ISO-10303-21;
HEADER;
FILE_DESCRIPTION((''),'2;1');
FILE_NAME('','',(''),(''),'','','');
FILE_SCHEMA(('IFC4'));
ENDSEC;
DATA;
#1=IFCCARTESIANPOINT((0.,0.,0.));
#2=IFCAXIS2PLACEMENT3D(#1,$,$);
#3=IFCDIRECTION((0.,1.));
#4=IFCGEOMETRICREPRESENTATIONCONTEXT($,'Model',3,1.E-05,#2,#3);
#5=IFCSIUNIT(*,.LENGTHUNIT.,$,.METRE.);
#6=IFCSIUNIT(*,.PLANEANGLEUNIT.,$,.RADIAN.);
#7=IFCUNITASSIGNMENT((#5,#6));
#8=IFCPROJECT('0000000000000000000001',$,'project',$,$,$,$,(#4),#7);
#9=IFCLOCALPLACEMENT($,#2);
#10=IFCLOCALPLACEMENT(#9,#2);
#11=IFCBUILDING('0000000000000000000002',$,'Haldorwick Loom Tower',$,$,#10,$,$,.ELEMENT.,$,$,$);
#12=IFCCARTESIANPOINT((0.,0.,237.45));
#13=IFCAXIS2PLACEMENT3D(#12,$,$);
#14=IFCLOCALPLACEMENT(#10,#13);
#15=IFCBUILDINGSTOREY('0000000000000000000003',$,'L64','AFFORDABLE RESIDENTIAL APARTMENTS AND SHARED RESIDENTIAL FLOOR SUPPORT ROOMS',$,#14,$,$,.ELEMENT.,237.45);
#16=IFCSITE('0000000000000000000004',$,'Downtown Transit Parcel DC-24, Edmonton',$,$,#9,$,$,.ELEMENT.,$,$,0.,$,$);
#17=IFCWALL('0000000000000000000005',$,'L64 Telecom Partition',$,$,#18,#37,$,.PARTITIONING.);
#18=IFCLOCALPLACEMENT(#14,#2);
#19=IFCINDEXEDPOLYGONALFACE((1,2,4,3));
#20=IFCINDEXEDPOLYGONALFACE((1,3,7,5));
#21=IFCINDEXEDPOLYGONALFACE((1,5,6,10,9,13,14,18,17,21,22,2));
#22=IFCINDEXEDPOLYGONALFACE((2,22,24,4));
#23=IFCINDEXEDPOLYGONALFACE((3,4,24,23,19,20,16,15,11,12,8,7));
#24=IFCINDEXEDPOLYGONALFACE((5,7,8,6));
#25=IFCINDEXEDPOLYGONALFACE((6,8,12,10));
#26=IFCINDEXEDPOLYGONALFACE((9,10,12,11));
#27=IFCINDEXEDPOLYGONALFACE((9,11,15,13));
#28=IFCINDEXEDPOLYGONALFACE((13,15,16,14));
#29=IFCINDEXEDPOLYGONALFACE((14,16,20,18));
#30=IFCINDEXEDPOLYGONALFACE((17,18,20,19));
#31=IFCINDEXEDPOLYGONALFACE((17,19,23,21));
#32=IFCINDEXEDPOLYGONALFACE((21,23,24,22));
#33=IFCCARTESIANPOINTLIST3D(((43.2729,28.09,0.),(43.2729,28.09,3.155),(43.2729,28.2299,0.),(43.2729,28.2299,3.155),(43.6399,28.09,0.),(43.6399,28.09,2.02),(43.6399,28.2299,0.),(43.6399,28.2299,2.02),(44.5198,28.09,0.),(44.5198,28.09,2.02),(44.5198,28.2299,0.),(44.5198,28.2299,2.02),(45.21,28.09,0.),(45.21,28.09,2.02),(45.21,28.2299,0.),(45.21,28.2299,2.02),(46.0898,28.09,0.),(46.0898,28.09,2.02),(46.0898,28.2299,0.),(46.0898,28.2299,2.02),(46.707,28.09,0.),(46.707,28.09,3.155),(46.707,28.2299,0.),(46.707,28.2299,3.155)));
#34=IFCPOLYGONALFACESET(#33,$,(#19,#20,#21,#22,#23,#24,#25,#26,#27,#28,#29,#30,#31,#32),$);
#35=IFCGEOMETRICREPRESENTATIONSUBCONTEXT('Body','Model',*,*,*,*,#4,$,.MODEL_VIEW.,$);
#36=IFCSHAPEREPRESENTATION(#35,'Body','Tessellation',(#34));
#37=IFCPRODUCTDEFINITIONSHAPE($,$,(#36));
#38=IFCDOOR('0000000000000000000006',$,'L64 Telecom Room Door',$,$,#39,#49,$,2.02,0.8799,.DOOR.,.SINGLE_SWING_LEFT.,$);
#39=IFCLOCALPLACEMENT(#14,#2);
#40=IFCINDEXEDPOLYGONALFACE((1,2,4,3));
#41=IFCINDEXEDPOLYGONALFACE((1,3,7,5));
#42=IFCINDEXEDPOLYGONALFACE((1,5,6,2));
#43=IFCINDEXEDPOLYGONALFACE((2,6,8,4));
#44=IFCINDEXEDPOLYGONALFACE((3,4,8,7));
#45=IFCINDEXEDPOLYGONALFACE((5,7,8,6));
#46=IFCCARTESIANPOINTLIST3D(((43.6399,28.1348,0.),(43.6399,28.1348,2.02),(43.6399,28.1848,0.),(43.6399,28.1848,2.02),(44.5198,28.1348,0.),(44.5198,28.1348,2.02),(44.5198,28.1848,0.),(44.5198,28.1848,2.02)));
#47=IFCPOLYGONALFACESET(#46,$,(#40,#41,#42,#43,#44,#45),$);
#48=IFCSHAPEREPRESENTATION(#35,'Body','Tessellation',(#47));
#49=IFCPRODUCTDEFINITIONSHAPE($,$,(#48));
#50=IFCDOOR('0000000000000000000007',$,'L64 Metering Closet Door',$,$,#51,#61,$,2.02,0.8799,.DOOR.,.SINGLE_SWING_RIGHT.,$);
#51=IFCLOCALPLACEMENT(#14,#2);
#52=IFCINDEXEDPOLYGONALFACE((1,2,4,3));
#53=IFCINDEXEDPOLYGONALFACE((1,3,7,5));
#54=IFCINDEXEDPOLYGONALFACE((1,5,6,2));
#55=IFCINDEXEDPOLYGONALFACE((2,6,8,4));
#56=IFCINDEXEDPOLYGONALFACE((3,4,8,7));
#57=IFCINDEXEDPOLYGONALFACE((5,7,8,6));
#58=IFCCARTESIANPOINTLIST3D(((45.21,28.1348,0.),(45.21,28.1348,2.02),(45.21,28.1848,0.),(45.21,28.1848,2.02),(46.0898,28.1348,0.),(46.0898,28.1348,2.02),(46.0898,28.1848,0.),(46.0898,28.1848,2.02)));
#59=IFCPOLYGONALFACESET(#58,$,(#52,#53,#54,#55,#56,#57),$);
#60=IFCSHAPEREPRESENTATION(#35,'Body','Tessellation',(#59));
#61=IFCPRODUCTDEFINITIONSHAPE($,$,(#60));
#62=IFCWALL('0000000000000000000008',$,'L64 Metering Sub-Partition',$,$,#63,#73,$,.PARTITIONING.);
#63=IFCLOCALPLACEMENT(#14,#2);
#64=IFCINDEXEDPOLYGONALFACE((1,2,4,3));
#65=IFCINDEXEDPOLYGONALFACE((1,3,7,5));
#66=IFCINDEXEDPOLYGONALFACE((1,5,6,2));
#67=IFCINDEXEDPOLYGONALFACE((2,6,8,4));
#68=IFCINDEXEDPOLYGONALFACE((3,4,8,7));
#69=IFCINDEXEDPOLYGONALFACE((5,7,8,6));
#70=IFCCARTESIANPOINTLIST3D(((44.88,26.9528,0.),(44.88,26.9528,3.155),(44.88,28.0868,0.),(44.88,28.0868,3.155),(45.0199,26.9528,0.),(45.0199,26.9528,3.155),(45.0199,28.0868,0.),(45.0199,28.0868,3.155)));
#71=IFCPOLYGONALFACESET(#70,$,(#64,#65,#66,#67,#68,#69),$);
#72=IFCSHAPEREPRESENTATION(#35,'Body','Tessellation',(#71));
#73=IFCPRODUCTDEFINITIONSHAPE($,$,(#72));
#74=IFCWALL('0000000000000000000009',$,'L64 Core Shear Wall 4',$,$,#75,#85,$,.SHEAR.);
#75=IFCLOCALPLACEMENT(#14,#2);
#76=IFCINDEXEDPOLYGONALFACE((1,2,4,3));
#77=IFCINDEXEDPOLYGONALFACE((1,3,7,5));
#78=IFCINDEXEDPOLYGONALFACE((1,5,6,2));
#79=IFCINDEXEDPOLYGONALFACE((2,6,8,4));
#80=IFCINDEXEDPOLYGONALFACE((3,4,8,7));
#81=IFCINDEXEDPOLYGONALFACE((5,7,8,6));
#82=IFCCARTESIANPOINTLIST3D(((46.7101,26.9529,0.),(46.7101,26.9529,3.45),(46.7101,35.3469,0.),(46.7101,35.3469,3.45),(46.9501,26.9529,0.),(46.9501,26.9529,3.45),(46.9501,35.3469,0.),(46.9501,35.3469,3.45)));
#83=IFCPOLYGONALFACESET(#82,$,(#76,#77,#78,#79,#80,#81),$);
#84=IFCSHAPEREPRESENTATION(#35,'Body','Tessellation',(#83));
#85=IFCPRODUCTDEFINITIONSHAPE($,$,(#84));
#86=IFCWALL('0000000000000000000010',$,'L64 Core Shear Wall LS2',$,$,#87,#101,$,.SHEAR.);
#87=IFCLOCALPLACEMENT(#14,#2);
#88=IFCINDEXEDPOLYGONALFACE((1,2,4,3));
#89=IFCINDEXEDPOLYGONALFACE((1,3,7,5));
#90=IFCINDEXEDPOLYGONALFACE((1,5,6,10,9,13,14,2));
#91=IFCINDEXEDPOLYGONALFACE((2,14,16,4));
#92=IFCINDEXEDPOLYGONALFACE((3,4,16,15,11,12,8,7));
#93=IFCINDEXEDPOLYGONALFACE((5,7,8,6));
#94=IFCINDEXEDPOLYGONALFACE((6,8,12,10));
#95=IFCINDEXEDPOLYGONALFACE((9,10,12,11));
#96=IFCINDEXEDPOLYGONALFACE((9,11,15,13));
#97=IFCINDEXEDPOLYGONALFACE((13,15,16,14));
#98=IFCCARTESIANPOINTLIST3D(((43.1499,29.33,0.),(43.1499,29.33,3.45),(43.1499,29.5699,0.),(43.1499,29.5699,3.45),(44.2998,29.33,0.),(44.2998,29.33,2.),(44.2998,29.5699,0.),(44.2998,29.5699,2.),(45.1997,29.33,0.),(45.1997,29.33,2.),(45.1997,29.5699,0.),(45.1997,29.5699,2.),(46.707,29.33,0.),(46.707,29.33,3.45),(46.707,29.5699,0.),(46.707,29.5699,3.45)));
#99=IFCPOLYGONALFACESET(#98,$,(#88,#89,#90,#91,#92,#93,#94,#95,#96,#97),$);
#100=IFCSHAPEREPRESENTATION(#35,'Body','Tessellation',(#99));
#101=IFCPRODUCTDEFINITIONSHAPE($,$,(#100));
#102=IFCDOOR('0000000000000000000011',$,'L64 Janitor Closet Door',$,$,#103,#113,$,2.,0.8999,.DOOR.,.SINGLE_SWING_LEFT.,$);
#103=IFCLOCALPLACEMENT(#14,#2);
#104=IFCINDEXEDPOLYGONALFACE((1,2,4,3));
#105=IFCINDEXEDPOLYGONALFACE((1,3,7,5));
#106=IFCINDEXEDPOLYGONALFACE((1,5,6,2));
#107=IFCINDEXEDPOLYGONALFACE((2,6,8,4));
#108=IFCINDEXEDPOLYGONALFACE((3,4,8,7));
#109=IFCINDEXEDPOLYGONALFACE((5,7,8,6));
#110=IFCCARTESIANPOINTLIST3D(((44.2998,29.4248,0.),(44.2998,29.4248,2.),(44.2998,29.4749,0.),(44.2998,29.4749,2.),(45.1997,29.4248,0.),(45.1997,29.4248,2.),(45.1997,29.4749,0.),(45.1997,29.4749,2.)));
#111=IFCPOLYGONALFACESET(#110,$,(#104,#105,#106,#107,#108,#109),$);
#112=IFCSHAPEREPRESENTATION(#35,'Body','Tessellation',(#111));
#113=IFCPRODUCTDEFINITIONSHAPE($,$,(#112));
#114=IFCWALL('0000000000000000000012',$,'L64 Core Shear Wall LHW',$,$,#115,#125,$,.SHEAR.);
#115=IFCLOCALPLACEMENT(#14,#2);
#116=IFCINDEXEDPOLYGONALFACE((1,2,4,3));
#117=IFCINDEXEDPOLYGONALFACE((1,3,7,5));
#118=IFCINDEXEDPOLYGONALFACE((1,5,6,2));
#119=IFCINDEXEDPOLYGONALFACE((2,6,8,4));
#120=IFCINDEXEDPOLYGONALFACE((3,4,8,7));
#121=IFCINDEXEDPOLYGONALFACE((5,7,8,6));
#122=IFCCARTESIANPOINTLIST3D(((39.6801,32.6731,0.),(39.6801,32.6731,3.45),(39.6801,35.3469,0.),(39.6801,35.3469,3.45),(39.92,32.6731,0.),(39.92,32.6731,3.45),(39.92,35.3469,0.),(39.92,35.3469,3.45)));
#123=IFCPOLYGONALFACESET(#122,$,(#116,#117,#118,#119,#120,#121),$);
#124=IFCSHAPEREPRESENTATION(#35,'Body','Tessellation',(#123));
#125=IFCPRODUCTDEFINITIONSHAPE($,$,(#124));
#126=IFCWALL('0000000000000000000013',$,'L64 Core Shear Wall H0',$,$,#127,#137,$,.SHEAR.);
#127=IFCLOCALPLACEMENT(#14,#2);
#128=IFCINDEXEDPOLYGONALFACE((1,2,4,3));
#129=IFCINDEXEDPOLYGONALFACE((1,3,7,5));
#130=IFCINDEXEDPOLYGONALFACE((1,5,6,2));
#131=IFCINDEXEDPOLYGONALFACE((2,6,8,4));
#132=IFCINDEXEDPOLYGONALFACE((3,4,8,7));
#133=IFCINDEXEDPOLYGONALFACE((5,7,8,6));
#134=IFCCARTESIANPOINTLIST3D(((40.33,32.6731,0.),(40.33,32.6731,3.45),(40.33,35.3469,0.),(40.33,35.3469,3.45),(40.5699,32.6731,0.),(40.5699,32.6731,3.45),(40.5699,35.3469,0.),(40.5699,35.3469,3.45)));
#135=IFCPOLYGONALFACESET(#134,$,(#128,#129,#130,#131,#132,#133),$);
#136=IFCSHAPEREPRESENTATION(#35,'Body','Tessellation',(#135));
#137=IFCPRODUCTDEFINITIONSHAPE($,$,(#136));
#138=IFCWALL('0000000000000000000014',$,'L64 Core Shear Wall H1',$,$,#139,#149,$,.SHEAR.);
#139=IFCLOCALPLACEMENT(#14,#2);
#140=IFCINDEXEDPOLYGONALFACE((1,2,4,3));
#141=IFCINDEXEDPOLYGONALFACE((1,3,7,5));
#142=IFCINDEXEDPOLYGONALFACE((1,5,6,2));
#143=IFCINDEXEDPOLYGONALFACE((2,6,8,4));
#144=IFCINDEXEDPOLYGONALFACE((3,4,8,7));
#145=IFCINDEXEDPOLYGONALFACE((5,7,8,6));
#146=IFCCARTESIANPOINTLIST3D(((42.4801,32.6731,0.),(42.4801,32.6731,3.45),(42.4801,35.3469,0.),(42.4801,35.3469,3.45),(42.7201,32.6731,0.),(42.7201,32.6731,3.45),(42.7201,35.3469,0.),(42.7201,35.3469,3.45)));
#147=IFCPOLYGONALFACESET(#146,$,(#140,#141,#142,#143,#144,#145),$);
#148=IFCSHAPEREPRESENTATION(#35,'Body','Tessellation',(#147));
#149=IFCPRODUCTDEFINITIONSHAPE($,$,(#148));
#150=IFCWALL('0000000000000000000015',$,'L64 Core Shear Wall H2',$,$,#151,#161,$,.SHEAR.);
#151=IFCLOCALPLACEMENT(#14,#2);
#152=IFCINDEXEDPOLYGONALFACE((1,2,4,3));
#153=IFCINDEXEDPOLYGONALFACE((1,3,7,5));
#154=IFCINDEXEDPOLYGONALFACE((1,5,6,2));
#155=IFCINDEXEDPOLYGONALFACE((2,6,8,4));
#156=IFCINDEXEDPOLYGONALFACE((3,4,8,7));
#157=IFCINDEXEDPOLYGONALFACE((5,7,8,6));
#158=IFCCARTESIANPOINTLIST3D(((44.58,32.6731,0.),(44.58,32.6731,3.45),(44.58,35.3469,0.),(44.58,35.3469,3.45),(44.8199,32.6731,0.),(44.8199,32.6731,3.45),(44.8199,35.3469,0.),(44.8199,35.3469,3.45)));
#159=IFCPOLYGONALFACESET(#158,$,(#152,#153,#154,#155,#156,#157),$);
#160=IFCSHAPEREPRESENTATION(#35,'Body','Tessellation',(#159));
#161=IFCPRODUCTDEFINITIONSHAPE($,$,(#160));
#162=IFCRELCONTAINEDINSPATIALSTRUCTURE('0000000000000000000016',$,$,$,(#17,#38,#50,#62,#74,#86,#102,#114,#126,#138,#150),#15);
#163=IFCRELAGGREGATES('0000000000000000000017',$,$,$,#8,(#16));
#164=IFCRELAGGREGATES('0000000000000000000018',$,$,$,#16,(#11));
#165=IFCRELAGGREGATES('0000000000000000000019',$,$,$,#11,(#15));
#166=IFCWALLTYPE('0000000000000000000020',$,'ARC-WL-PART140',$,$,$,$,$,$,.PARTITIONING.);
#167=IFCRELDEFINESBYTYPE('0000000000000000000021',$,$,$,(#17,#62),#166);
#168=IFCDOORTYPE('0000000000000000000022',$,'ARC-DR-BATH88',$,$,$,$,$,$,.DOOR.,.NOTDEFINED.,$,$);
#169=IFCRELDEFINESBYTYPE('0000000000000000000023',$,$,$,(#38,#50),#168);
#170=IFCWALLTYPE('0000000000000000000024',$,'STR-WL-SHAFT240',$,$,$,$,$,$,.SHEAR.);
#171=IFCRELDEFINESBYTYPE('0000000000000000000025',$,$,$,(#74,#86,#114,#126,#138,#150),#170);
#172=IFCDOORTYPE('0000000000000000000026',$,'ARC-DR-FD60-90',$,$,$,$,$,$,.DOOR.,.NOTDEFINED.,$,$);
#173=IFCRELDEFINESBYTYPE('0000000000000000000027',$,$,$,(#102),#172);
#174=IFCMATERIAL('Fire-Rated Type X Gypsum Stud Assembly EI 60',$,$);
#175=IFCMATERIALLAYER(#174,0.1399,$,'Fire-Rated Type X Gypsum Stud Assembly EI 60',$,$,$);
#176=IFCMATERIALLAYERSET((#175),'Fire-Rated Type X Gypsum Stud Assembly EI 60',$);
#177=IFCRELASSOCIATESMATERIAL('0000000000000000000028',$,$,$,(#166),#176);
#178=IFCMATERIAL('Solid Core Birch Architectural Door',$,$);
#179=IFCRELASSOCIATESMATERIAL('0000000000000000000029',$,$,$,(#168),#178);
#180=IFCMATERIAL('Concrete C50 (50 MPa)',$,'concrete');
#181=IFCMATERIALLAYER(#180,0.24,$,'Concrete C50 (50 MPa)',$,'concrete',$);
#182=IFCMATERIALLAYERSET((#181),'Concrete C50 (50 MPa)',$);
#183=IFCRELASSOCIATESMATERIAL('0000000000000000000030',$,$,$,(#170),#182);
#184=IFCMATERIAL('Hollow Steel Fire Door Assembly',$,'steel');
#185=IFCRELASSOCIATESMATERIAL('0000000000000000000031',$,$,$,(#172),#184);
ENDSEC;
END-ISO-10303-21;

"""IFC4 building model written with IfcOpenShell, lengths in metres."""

from ifc_helpers import new_model, si_unit, direction, frame, frame_2d, origin, place, context, subcontext, project, spatial, rectangle, extrude, material, layer, layer_set, type_object, element, fill, save


model = new_model("IFC4")

# Units and contexts
model_context = context("Model", 3, precision=1e-05, world=origin(), true_north=direction((0.0, 1.0)))
body_context = subcontext(model_context, "Body", "Model", "MODEL_VIEW")
ifc_project = project(units=[si_unit("LENGTHUNIT", "METRE"), si_unit("PLANEANGLEUNIT", "RADIAN")], contexts=[model_context])

# Site, building, storey
site_placement = place(None, origin())
site = spatial("IfcSite", under=ifc_project, at=site_placement, Name="Downtown Transit Parcel DC-24, Edmonton", CompositionType="ELEMENT", RefElevation=0.0)
building_placement = place(site_placement, origin())
building = spatial("IfcBuilding", under=site, at=building_placement, Name="Haldorwick Loom Tower", CompositionType="ELEMENT")
storey_placement = place(building_placement, frame((0.0, 0.0, 237.45)))
storey = spatial("IfcBuildingStorey", under=building, at=storey_placement, Name="L64", Description="AFFORDABLE RESIDENTIAL APARTMENTS AND SHARED RESIDENTIAL FLOOR SUPPORT ROOMS", CompositionType="ELEMENT", Elevation=237.45)

# Shared definitions
ifc_material_1 = material(Name="Concrete C50 (50 MPa)", Category="concrete")

# Wall, openings, doors
ifc_material_2 = material(Name="Fire-Rated Type X Gypsum Stud Assembly EI 60")
ifc_layer_1 = layer(ifc_material_2, 0.1399, Name="Fire-Rated Type X Gypsum Stud Assembly EI 60")
ifc_layer_set_1 = layer_set([ifc_layer_1], Name="Fire-Rated Type X Gypsum Stud Assembly EI 60")
wall_type_1 = type_object("IfcWallType", Name="ARC-WL-PART140", PredefinedType="PARTITIONING", material=ifc_layer_set_1)
wall_1_placement = place(storey_placement, frame((43.2729, 28.1599, 0.0), z_axis=(0.0, 0.0, 1.0), x_axis=(1.0, 0.0, 0.0)))
wall_1 = element("IfcWall", 1, at=wall_1_placement, inside=storey, type_object=wall_type_1, Name="L64 Telecom Partition", PredefinedType="PARTITIONING", context=body_context, shape_type="SweptSolid", body=[
    extrude(rectangle(XDim=3.4341, YDim=0.1399, at=frame_2d((1.717, 0.0))), origin(), (0.0, 0.0, 1.0), 3.155),
])
opening_1_placement = place(wall_1_placement, frame((0.3669, 0.0, 0.0)))
opening_1 = element("IfcOpeningElement", 2, at=opening_1_placement, cuts=wall_1, PredefinedType="OPENING", context=body_context, shape_type="SweptSolid", body=[
    extrude(rectangle(XDim=0.8799, YDim=2.02, at=frame_2d((0.4399, 1.01))), frame((0.0, 0.0798, 0.0), z_axis=(0.0, -1.0, 0.0), x_axis=(1.0, 0.0, 0.0)), (0.0, 0.0, 1.0), 0.1599),
])
opening_2_placement = place(wall_1_placement, frame((1.937, 0.0, 0.0)))
opening_2 = element("IfcOpeningElement", 3, at=opening_2_placement, cuts=wall_1, PredefinedType="OPENING", context=body_context, shape_type="SweptSolid", body=[
    extrude(rectangle(XDim=0.8799, YDim=2.02, at=frame_2d((0.4399, 1.01))), frame((0.0, 0.0798, 0.0), z_axis=(0.0, -1.0, 0.0), x_axis=(1.0, 0.0, 0.0)), (0.0, 0.0, 1.0), 0.1599),
])
ifc_material_3 = material(Name="Solid Core Birch Architectural Door")
door_type_1 = type_object("IfcDoorType", Name="ARC-DR-BATH88", OperationType="NOTDEFINED", PredefinedType="DOOR", material=ifc_material_3)
door_1_placement = place(opening_1_placement, origin())
door_1 = element("IfcDoor", 4, at=door_1_placement, inside=storey, type_object=door_type_1, Name="L64 Telecom Room Door", OperationType="SINGLE_SWING_LEFT", OverallHeight=2.02, OverallWidth=0.8799, PredefinedType="DOOR", context=body_context, shape_type="SweptSolid", body=[
    extrude(rectangle(XDim=0.8799, YDim=2.02, at=frame_2d((0.4399, 1.01))), frame((0.0, 0.0249, 0.0), z_axis=(0.0, -1.0, 0.0), x_axis=(1.0, 0.0, 0.0)), (0.0, 0.0, 1.0), 0.05),
])
fill(opening_1, door_1)
door_2_placement = place(opening_2_placement, origin())
door_2 = element("IfcDoor", 5, at=door_2_placement, inside=storey, type_object=door_type_1, Name="L64 Metering Closet Door", OperationType="SINGLE_SWING_RIGHT", OverallHeight=2.02, OverallWidth=0.8799, PredefinedType="DOOR", context=body_context, shape_type="SweptSolid", body=[
    extrude(rectangle(XDim=0.8799, YDim=2.02, at=frame_2d((0.4399, 1.01))), frame((0.0, 0.0249, 0.0), z_axis=(0.0, -1.0, 0.0), x_axis=(1.0, 0.0, 0.0)), (0.0, 0.0, 1.0), 0.05),
])
fill(opening_2, door_2)

# Walls
wall_2_placement = place(storey_placement, frame((44.95, 26.9529, 0.0), z_axis=(0.0, 0.0, 1.0), x_axis=(0.0, 1.0, 0.0)))
element("IfcWall", 6, at=wall_2_placement, inside=storey, type_object=wall_type_1, Name="L64 Metering Sub-Partition", PredefinedType="PARTITIONING", context=body_context, shape_type="SweptSolid", body=[
    extrude(rectangle(XDim=1.134, YDim=0.1399, at=frame_2d((0.5669, 0.0))), origin(), (0.0, 0.0, 1.0), 3.155),
])
ifc_layer_2 = layer(ifc_material_1, 0.24, Name="Concrete C50 (50 MPa)", Category="concrete")
ifc_layer_set_2 = layer_set([ifc_layer_2], Name="Concrete C50 (50 MPa)")
wall_type_2 = type_object("IfcWallType", Name="STR-WL-SHAFT240", PredefinedType="SHEAR", material=ifc_layer_set_2)
wall_3_placement = place(storey_placement, frame((46.8301, 26.9529, 0.0), z_axis=(0.0, 0.0, 1.0), x_axis=(0.0, 1.0, 0.0)))
element("IfcWall", 7, at=wall_3_placement, inside=storey, type_object=wall_type_2, Name="L64 Core Shear Wall 4", PredefinedType="SHEAR", context=body_context, shape_type="SweptSolid", body=[
    extrude(rectangle(XDim=8.394, YDim=0.24, at=frame_2d((4.197, 0.0))), origin(), (0.0, 0.0, 1.0), 3.45),
])

# Wall, opening, door
wall_4_placement = place(storey_placement, frame((43.1499, 29.45, 0.0), z_axis=(0.0, 0.0, 1.0), x_axis=(1.0, 0.0, 0.0)))
wall_4 = element("IfcWall", 8, at=wall_4_placement, inside=storey, type_object=wall_type_2, Name="L64 Core Shear Wall LS2", PredefinedType="SHEAR", context=body_context, shape_type="SweptSolid", body=[
    extrude(rectangle(XDim=3.5571, YDim=0.24, at=frame_2d((1.7786, 0.0))), origin(), (0.0, 0.0, 1.0), 3.45),
])
opening_3_placement = place(wall_4_placement, frame((1.1499, 0.0, 0.0)))
opening_3 = element("IfcOpeningElement", 9, at=opening_3_placement, cuts=wall_4, PredefinedType="OPENING", context=body_context, shape_type="SweptSolid", body=[
    extrude(rectangle(XDim=0.8999, YDim=2.0, at=frame_2d((0.45, 1.0))), frame((0.0, 0.1299, 0.0), z_axis=(0.0, -1.0, 0.0), x_axis=(1.0, 0.0, 0.0)), (0.0, 0.0, 1.0), 0.26),
])
ifc_material_4 = material(Name="Hollow Steel Fire Door Assembly", Category="steel")
door_type_2 = type_object("IfcDoorType", Name="ARC-DR-FD60-90", OperationType="NOTDEFINED", PredefinedType="DOOR", material=ifc_material_4)
door_3_placement = place(opening_3_placement, origin())
door_3 = element("IfcDoor", 10, at=door_3_placement, inside=storey, type_object=door_type_2, Name="L64 Janitor Closet Door", OperationType="SINGLE_SWING_LEFT", OverallHeight=2.0, OverallWidth=0.8999, PredefinedType="DOOR", context=body_context, shape_type="SweptSolid", body=[
    extrude(rectangle(XDim=0.8999, YDim=2.0, at=frame_2d((0.45, 1.0))), frame((0.0, 0.0249, 0.0), z_axis=(0.0, -1.0, 0.0), x_axis=(1.0, 0.0, 0.0)), (0.0, 0.0, 1.0), 0.05),
])
fill(opening_3, door_3)

# Walls
for number, where, z_axis, x_axis, name in (
    (11, (39.8, 32.6731, 0.0), (0.0, 0.0, 1.0), (0.0, 1.0, 0.0), "L64 Core Shear Wall LHW"),
    (12, (40.45, 32.6731, 0.0), (0.0, 0.0, 1.0), (0.0, 1.0, 0.0), "L64 Core Shear Wall H0"),
    (13, (42.6001, 32.6731, 0.0), (0.0, 0.0, 1.0), (0.0, 1.0, 0.0), "L64 Core Shear Wall H1"),
    (14, (44.7, 32.6731, 0.0), (0.0, 0.0, 1.0), (0.0, 1.0, 0.0), "L64 Core Shear Wall H2"),
):
    element("IfcWall", number, at=place(storey_placement, frame(where, z_axis=z_axis, x_axis=x_axis)), inside=storey, type_object=wall_type_2, Name=name, PredefinedType="SHEAR", context=body_context, shape_type="SweptSolid", body=[
        extrude(rectangle(XDim=2.6738, YDim=0.24, at=frame_2d((1.3369, 0.0))), origin(), (0.0, 0.0, 1.0), 3.45),
    ])

save(model, "model.ifc")
